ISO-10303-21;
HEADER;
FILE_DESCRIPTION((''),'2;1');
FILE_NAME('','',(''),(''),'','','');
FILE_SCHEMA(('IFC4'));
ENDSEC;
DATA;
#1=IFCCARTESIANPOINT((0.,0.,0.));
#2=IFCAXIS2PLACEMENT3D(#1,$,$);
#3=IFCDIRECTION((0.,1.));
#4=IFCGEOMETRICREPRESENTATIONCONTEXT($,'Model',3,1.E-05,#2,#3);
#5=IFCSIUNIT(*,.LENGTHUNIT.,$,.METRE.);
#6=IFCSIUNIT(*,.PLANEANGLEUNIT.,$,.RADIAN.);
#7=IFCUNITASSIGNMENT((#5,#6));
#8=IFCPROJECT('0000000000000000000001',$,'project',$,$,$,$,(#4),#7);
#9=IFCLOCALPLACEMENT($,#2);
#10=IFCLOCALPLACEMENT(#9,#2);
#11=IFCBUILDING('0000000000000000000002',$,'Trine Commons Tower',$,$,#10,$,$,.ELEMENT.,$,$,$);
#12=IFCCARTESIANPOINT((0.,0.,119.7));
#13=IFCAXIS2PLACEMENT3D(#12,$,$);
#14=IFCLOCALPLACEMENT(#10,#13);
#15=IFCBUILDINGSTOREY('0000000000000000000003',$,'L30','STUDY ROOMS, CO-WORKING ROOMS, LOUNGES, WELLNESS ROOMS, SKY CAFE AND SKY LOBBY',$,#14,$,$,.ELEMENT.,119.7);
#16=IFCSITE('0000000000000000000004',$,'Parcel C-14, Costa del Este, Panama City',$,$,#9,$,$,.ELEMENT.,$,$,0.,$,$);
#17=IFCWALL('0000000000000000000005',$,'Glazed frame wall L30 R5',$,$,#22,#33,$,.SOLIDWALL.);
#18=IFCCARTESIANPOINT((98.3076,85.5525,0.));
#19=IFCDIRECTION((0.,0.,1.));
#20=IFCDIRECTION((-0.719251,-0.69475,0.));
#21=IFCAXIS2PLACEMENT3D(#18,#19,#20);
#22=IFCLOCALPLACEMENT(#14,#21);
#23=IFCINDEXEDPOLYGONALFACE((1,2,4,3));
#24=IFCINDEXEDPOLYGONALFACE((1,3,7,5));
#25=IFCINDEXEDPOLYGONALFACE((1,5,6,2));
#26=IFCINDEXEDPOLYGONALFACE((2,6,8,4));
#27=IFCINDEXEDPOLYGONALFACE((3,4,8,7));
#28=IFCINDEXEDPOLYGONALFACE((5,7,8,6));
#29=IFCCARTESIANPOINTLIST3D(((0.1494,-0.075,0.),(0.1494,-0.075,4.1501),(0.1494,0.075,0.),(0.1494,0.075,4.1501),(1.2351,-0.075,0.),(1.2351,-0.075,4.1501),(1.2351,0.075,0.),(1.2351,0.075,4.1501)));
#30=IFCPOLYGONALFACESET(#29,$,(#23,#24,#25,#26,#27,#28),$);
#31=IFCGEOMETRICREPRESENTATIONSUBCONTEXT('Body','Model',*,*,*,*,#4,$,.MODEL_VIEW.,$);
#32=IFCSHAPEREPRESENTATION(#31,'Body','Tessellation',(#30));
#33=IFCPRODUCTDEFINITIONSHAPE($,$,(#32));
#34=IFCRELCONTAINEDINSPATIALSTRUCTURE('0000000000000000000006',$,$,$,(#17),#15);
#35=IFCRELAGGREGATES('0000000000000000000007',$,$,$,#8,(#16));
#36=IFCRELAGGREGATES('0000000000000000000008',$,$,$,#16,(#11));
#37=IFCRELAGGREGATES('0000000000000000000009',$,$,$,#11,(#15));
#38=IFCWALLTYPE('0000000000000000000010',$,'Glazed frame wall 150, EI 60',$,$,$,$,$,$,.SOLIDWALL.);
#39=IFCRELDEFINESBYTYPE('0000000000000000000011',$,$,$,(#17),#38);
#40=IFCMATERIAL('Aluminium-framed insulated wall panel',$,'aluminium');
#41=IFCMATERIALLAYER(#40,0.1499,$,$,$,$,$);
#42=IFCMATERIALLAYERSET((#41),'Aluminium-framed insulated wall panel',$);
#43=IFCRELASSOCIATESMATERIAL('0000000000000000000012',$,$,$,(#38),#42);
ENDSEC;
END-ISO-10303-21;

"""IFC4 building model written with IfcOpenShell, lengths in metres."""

from ifc_helpers import new_model, si_unit, direction, frame, origin, place, context, subcontext, project, spatial, polyline, outline, extrude, material, layer, layer_set, type_object, element, save


model = new_model("IFC4")

# Units and contexts
model_context = context("Model", 3, precision=1e-05, world=origin(), true_north=direction((0.0, 1.0)))
body_context = subcontext(model_context, "Body", "Model", "MODEL_VIEW")
ifc_project = project(units=[si_unit("LENGTHUNIT", "METRE"), si_unit("PLANEANGLEUNIT", "RADIAN")], contexts=[model_context])

# Site, building, storey
site_placement = place(None, origin())
site = spatial("IfcSite", under=ifc_project, at=site_placement, Name="Parcel C-14, Costa del Este, Panama City", CompositionType="ELEMENT", RefElevation=0.0)
building_placement = place(site_placement, origin())
building = spatial("IfcBuilding", under=site, at=building_placement, Name="Trine Commons Tower", CompositionType="ELEMENT")
storey_placement = place(building_placement, frame((0.0, 0.0, 119.7)))
storey = spatial("IfcBuildingStorey", under=building, at=storey_placement, Name="L30", Description="STUDY ROOMS, CO-WORKING ROOMS, LOUNGES, WELLNESS ROOMS, SKY CAFE AND SKY LOBBY", CompositionType="ELEMENT", Elevation=119.7)

# Wall
ifc_material_1 = material(Name="Aluminium-framed insulated wall panel", Category="aluminium")
ifc_layer_1 = layer(ifc_material_1, 0.1499)
ifc_layer_set_1 = layer_set([ifc_layer_1], Name="Aluminium-framed insulated wall panel")
wall_type = type_object("IfcWallType", Name="Glazed frame wall 150, EI 60", PredefinedType="SOLIDWALL", material=ifc_layer_set_1)
wall_placement = place(storey_placement, frame((98.3076, 85.5525, 0.0), z_axis=(0.0, 0.0, 1.0), x_axis=(-0.719251, -0.69475, 0.0)))
element("IfcWall", 1, at=wall_placement, inside=storey, type_object=wall_type, Name="Glazed frame wall L30 R5", PredefinedType="SOLIDWALL", context=body_context, shape_type="SweptSolid", body=[
    extrude(outline(polyline([(0.1494, 0.075), (0.1494, -0.075), (1.2351, -0.075), (1.2351, 0.075), (0.1494, 0.075)])), origin(), (0.0, 0.0, 1.0), 4.1501),
])

save(model, "model.ifc")
